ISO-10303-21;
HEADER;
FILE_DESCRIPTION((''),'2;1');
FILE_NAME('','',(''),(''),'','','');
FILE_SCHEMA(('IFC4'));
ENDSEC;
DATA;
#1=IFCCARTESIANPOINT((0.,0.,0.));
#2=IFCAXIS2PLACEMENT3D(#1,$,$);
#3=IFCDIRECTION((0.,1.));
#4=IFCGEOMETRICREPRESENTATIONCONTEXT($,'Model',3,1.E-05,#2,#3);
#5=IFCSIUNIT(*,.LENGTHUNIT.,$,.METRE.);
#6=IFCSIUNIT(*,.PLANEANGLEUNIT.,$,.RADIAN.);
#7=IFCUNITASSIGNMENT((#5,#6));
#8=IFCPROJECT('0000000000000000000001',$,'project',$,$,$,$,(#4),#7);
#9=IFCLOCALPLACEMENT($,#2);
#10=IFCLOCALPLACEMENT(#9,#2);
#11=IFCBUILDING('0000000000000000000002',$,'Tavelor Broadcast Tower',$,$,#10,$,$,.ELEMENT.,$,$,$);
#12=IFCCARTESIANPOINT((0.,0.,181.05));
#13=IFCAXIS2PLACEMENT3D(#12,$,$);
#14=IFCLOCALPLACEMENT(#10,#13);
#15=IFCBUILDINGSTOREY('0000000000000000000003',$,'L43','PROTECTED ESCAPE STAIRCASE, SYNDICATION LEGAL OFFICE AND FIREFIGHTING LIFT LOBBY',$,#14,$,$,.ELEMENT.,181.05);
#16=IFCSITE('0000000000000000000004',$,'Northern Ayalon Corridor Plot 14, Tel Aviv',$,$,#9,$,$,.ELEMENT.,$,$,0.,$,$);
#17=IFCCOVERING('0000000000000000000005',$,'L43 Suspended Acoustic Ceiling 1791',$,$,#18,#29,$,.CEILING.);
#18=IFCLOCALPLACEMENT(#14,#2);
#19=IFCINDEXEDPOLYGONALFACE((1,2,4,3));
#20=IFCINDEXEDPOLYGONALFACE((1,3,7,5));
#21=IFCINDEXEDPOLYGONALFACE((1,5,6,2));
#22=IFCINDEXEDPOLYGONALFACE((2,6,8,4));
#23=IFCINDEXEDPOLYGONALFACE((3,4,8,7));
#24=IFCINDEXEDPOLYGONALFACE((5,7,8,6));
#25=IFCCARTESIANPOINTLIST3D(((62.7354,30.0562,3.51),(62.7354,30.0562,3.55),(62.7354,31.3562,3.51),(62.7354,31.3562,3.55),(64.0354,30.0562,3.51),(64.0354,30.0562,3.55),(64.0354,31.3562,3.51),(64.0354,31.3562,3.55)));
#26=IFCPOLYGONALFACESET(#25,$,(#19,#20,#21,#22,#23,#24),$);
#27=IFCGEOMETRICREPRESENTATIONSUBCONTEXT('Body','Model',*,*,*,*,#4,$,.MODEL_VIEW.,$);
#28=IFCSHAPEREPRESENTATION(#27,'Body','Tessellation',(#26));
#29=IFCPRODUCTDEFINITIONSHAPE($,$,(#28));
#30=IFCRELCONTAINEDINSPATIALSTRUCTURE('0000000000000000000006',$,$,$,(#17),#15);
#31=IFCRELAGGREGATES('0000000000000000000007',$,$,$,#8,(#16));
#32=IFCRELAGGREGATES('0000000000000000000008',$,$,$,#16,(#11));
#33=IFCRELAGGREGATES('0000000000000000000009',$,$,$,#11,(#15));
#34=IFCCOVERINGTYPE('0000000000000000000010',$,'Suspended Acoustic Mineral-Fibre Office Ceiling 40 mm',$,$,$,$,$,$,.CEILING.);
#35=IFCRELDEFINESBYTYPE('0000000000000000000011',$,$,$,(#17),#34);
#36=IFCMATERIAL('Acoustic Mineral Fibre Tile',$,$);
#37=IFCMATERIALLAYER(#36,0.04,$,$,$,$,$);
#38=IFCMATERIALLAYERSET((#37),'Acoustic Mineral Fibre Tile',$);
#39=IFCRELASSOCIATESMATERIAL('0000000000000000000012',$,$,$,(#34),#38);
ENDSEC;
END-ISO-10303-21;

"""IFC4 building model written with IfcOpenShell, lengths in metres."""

from ifc_helpers import new_model, si_unit, direction, frame, origin, place, context, subcontext, project, spatial, polyline, outline, extrude, material, layer, layer_set, type_object, element, save


model = new_model("IFC4")

# Units and contexts
model_context = context("Model", 3, precision=1e-05, world=origin(), true_north=direction((0.0, 1.0)))
body_context = subcontext(model_context, "Body", "Model", "MODEL_VIEW")
ifc_project = project(units=[si_unit("LENGTHUNIT", "METRE"), si_unit("PLANEANGLEUNIT", "RADIAN")], contexts=[model_context])

# Site, building, storey
site_placement = place(None, origin())
site = spatial("IfcSite", under=ifc_project, at=site_placement, Name="Northern Ayalon Corridor Plot 14, Tel Aviv", CompositionType="ELEMENT", RefElevation=0.0)
building_placement = place(site_placement, origin())
building = spatial("IfcBuilding", under=site, at=building_placement, Name="Tavelor Broadcast Tower", CompositionType="ELEMENT")
storey_placement = place(building_placement, frame((0.0, 0.0, 181.05)))
storey = spatial("IfcBuildingStorey", under=building, at=storey_placement, Name="L43", Description="PROTECTED ESCAPE STAIRCASE, SYNDICATION LEGAL OFFICE AND FIREFIGHTING LIFT LOBBY", CompositionType="ELEMENT", Elevation=181.05)

# Covering
ifc_material_1 = material(Name="Acoustic Mineral Fibre Tile")
ifc_layer_1 = layer(ifc_material_1, 0.04)
ifc_layer_set_1 = layer_set([ifc_layer_1], Name="Acoustic Mineral Fibre Tile")
covering_type_1 = type_object("IfcCoveringType", Name="Suspended Acoustic Mineral-Fibre Office Ceiling 40 mm", PredefinedType="CEILING", material=ifc_layer_set_1)
covering_1_placement = place(storey_placement, frame((0.0, 0.0, 3.51)))
element("IfcCovering", 1, at=covering_1_placement, inside=storey, type_object=covering_type_1, Name="L43 Suspended Acoustic Ceiling 1791", PredefinedType="CEILING", context=body_context, shape_type="SweptSolid", body=[
    extrude(outline(polyline([(62.7354, 30.0562), (64.0354, 30.0562), (64.0354, 31.3562), (62.7354, 31.3562), (62.7354, 30.0562)])), origin(), (0.0, 0.0, 1.0), 0.04),
])

save(model, "model.ifc")
